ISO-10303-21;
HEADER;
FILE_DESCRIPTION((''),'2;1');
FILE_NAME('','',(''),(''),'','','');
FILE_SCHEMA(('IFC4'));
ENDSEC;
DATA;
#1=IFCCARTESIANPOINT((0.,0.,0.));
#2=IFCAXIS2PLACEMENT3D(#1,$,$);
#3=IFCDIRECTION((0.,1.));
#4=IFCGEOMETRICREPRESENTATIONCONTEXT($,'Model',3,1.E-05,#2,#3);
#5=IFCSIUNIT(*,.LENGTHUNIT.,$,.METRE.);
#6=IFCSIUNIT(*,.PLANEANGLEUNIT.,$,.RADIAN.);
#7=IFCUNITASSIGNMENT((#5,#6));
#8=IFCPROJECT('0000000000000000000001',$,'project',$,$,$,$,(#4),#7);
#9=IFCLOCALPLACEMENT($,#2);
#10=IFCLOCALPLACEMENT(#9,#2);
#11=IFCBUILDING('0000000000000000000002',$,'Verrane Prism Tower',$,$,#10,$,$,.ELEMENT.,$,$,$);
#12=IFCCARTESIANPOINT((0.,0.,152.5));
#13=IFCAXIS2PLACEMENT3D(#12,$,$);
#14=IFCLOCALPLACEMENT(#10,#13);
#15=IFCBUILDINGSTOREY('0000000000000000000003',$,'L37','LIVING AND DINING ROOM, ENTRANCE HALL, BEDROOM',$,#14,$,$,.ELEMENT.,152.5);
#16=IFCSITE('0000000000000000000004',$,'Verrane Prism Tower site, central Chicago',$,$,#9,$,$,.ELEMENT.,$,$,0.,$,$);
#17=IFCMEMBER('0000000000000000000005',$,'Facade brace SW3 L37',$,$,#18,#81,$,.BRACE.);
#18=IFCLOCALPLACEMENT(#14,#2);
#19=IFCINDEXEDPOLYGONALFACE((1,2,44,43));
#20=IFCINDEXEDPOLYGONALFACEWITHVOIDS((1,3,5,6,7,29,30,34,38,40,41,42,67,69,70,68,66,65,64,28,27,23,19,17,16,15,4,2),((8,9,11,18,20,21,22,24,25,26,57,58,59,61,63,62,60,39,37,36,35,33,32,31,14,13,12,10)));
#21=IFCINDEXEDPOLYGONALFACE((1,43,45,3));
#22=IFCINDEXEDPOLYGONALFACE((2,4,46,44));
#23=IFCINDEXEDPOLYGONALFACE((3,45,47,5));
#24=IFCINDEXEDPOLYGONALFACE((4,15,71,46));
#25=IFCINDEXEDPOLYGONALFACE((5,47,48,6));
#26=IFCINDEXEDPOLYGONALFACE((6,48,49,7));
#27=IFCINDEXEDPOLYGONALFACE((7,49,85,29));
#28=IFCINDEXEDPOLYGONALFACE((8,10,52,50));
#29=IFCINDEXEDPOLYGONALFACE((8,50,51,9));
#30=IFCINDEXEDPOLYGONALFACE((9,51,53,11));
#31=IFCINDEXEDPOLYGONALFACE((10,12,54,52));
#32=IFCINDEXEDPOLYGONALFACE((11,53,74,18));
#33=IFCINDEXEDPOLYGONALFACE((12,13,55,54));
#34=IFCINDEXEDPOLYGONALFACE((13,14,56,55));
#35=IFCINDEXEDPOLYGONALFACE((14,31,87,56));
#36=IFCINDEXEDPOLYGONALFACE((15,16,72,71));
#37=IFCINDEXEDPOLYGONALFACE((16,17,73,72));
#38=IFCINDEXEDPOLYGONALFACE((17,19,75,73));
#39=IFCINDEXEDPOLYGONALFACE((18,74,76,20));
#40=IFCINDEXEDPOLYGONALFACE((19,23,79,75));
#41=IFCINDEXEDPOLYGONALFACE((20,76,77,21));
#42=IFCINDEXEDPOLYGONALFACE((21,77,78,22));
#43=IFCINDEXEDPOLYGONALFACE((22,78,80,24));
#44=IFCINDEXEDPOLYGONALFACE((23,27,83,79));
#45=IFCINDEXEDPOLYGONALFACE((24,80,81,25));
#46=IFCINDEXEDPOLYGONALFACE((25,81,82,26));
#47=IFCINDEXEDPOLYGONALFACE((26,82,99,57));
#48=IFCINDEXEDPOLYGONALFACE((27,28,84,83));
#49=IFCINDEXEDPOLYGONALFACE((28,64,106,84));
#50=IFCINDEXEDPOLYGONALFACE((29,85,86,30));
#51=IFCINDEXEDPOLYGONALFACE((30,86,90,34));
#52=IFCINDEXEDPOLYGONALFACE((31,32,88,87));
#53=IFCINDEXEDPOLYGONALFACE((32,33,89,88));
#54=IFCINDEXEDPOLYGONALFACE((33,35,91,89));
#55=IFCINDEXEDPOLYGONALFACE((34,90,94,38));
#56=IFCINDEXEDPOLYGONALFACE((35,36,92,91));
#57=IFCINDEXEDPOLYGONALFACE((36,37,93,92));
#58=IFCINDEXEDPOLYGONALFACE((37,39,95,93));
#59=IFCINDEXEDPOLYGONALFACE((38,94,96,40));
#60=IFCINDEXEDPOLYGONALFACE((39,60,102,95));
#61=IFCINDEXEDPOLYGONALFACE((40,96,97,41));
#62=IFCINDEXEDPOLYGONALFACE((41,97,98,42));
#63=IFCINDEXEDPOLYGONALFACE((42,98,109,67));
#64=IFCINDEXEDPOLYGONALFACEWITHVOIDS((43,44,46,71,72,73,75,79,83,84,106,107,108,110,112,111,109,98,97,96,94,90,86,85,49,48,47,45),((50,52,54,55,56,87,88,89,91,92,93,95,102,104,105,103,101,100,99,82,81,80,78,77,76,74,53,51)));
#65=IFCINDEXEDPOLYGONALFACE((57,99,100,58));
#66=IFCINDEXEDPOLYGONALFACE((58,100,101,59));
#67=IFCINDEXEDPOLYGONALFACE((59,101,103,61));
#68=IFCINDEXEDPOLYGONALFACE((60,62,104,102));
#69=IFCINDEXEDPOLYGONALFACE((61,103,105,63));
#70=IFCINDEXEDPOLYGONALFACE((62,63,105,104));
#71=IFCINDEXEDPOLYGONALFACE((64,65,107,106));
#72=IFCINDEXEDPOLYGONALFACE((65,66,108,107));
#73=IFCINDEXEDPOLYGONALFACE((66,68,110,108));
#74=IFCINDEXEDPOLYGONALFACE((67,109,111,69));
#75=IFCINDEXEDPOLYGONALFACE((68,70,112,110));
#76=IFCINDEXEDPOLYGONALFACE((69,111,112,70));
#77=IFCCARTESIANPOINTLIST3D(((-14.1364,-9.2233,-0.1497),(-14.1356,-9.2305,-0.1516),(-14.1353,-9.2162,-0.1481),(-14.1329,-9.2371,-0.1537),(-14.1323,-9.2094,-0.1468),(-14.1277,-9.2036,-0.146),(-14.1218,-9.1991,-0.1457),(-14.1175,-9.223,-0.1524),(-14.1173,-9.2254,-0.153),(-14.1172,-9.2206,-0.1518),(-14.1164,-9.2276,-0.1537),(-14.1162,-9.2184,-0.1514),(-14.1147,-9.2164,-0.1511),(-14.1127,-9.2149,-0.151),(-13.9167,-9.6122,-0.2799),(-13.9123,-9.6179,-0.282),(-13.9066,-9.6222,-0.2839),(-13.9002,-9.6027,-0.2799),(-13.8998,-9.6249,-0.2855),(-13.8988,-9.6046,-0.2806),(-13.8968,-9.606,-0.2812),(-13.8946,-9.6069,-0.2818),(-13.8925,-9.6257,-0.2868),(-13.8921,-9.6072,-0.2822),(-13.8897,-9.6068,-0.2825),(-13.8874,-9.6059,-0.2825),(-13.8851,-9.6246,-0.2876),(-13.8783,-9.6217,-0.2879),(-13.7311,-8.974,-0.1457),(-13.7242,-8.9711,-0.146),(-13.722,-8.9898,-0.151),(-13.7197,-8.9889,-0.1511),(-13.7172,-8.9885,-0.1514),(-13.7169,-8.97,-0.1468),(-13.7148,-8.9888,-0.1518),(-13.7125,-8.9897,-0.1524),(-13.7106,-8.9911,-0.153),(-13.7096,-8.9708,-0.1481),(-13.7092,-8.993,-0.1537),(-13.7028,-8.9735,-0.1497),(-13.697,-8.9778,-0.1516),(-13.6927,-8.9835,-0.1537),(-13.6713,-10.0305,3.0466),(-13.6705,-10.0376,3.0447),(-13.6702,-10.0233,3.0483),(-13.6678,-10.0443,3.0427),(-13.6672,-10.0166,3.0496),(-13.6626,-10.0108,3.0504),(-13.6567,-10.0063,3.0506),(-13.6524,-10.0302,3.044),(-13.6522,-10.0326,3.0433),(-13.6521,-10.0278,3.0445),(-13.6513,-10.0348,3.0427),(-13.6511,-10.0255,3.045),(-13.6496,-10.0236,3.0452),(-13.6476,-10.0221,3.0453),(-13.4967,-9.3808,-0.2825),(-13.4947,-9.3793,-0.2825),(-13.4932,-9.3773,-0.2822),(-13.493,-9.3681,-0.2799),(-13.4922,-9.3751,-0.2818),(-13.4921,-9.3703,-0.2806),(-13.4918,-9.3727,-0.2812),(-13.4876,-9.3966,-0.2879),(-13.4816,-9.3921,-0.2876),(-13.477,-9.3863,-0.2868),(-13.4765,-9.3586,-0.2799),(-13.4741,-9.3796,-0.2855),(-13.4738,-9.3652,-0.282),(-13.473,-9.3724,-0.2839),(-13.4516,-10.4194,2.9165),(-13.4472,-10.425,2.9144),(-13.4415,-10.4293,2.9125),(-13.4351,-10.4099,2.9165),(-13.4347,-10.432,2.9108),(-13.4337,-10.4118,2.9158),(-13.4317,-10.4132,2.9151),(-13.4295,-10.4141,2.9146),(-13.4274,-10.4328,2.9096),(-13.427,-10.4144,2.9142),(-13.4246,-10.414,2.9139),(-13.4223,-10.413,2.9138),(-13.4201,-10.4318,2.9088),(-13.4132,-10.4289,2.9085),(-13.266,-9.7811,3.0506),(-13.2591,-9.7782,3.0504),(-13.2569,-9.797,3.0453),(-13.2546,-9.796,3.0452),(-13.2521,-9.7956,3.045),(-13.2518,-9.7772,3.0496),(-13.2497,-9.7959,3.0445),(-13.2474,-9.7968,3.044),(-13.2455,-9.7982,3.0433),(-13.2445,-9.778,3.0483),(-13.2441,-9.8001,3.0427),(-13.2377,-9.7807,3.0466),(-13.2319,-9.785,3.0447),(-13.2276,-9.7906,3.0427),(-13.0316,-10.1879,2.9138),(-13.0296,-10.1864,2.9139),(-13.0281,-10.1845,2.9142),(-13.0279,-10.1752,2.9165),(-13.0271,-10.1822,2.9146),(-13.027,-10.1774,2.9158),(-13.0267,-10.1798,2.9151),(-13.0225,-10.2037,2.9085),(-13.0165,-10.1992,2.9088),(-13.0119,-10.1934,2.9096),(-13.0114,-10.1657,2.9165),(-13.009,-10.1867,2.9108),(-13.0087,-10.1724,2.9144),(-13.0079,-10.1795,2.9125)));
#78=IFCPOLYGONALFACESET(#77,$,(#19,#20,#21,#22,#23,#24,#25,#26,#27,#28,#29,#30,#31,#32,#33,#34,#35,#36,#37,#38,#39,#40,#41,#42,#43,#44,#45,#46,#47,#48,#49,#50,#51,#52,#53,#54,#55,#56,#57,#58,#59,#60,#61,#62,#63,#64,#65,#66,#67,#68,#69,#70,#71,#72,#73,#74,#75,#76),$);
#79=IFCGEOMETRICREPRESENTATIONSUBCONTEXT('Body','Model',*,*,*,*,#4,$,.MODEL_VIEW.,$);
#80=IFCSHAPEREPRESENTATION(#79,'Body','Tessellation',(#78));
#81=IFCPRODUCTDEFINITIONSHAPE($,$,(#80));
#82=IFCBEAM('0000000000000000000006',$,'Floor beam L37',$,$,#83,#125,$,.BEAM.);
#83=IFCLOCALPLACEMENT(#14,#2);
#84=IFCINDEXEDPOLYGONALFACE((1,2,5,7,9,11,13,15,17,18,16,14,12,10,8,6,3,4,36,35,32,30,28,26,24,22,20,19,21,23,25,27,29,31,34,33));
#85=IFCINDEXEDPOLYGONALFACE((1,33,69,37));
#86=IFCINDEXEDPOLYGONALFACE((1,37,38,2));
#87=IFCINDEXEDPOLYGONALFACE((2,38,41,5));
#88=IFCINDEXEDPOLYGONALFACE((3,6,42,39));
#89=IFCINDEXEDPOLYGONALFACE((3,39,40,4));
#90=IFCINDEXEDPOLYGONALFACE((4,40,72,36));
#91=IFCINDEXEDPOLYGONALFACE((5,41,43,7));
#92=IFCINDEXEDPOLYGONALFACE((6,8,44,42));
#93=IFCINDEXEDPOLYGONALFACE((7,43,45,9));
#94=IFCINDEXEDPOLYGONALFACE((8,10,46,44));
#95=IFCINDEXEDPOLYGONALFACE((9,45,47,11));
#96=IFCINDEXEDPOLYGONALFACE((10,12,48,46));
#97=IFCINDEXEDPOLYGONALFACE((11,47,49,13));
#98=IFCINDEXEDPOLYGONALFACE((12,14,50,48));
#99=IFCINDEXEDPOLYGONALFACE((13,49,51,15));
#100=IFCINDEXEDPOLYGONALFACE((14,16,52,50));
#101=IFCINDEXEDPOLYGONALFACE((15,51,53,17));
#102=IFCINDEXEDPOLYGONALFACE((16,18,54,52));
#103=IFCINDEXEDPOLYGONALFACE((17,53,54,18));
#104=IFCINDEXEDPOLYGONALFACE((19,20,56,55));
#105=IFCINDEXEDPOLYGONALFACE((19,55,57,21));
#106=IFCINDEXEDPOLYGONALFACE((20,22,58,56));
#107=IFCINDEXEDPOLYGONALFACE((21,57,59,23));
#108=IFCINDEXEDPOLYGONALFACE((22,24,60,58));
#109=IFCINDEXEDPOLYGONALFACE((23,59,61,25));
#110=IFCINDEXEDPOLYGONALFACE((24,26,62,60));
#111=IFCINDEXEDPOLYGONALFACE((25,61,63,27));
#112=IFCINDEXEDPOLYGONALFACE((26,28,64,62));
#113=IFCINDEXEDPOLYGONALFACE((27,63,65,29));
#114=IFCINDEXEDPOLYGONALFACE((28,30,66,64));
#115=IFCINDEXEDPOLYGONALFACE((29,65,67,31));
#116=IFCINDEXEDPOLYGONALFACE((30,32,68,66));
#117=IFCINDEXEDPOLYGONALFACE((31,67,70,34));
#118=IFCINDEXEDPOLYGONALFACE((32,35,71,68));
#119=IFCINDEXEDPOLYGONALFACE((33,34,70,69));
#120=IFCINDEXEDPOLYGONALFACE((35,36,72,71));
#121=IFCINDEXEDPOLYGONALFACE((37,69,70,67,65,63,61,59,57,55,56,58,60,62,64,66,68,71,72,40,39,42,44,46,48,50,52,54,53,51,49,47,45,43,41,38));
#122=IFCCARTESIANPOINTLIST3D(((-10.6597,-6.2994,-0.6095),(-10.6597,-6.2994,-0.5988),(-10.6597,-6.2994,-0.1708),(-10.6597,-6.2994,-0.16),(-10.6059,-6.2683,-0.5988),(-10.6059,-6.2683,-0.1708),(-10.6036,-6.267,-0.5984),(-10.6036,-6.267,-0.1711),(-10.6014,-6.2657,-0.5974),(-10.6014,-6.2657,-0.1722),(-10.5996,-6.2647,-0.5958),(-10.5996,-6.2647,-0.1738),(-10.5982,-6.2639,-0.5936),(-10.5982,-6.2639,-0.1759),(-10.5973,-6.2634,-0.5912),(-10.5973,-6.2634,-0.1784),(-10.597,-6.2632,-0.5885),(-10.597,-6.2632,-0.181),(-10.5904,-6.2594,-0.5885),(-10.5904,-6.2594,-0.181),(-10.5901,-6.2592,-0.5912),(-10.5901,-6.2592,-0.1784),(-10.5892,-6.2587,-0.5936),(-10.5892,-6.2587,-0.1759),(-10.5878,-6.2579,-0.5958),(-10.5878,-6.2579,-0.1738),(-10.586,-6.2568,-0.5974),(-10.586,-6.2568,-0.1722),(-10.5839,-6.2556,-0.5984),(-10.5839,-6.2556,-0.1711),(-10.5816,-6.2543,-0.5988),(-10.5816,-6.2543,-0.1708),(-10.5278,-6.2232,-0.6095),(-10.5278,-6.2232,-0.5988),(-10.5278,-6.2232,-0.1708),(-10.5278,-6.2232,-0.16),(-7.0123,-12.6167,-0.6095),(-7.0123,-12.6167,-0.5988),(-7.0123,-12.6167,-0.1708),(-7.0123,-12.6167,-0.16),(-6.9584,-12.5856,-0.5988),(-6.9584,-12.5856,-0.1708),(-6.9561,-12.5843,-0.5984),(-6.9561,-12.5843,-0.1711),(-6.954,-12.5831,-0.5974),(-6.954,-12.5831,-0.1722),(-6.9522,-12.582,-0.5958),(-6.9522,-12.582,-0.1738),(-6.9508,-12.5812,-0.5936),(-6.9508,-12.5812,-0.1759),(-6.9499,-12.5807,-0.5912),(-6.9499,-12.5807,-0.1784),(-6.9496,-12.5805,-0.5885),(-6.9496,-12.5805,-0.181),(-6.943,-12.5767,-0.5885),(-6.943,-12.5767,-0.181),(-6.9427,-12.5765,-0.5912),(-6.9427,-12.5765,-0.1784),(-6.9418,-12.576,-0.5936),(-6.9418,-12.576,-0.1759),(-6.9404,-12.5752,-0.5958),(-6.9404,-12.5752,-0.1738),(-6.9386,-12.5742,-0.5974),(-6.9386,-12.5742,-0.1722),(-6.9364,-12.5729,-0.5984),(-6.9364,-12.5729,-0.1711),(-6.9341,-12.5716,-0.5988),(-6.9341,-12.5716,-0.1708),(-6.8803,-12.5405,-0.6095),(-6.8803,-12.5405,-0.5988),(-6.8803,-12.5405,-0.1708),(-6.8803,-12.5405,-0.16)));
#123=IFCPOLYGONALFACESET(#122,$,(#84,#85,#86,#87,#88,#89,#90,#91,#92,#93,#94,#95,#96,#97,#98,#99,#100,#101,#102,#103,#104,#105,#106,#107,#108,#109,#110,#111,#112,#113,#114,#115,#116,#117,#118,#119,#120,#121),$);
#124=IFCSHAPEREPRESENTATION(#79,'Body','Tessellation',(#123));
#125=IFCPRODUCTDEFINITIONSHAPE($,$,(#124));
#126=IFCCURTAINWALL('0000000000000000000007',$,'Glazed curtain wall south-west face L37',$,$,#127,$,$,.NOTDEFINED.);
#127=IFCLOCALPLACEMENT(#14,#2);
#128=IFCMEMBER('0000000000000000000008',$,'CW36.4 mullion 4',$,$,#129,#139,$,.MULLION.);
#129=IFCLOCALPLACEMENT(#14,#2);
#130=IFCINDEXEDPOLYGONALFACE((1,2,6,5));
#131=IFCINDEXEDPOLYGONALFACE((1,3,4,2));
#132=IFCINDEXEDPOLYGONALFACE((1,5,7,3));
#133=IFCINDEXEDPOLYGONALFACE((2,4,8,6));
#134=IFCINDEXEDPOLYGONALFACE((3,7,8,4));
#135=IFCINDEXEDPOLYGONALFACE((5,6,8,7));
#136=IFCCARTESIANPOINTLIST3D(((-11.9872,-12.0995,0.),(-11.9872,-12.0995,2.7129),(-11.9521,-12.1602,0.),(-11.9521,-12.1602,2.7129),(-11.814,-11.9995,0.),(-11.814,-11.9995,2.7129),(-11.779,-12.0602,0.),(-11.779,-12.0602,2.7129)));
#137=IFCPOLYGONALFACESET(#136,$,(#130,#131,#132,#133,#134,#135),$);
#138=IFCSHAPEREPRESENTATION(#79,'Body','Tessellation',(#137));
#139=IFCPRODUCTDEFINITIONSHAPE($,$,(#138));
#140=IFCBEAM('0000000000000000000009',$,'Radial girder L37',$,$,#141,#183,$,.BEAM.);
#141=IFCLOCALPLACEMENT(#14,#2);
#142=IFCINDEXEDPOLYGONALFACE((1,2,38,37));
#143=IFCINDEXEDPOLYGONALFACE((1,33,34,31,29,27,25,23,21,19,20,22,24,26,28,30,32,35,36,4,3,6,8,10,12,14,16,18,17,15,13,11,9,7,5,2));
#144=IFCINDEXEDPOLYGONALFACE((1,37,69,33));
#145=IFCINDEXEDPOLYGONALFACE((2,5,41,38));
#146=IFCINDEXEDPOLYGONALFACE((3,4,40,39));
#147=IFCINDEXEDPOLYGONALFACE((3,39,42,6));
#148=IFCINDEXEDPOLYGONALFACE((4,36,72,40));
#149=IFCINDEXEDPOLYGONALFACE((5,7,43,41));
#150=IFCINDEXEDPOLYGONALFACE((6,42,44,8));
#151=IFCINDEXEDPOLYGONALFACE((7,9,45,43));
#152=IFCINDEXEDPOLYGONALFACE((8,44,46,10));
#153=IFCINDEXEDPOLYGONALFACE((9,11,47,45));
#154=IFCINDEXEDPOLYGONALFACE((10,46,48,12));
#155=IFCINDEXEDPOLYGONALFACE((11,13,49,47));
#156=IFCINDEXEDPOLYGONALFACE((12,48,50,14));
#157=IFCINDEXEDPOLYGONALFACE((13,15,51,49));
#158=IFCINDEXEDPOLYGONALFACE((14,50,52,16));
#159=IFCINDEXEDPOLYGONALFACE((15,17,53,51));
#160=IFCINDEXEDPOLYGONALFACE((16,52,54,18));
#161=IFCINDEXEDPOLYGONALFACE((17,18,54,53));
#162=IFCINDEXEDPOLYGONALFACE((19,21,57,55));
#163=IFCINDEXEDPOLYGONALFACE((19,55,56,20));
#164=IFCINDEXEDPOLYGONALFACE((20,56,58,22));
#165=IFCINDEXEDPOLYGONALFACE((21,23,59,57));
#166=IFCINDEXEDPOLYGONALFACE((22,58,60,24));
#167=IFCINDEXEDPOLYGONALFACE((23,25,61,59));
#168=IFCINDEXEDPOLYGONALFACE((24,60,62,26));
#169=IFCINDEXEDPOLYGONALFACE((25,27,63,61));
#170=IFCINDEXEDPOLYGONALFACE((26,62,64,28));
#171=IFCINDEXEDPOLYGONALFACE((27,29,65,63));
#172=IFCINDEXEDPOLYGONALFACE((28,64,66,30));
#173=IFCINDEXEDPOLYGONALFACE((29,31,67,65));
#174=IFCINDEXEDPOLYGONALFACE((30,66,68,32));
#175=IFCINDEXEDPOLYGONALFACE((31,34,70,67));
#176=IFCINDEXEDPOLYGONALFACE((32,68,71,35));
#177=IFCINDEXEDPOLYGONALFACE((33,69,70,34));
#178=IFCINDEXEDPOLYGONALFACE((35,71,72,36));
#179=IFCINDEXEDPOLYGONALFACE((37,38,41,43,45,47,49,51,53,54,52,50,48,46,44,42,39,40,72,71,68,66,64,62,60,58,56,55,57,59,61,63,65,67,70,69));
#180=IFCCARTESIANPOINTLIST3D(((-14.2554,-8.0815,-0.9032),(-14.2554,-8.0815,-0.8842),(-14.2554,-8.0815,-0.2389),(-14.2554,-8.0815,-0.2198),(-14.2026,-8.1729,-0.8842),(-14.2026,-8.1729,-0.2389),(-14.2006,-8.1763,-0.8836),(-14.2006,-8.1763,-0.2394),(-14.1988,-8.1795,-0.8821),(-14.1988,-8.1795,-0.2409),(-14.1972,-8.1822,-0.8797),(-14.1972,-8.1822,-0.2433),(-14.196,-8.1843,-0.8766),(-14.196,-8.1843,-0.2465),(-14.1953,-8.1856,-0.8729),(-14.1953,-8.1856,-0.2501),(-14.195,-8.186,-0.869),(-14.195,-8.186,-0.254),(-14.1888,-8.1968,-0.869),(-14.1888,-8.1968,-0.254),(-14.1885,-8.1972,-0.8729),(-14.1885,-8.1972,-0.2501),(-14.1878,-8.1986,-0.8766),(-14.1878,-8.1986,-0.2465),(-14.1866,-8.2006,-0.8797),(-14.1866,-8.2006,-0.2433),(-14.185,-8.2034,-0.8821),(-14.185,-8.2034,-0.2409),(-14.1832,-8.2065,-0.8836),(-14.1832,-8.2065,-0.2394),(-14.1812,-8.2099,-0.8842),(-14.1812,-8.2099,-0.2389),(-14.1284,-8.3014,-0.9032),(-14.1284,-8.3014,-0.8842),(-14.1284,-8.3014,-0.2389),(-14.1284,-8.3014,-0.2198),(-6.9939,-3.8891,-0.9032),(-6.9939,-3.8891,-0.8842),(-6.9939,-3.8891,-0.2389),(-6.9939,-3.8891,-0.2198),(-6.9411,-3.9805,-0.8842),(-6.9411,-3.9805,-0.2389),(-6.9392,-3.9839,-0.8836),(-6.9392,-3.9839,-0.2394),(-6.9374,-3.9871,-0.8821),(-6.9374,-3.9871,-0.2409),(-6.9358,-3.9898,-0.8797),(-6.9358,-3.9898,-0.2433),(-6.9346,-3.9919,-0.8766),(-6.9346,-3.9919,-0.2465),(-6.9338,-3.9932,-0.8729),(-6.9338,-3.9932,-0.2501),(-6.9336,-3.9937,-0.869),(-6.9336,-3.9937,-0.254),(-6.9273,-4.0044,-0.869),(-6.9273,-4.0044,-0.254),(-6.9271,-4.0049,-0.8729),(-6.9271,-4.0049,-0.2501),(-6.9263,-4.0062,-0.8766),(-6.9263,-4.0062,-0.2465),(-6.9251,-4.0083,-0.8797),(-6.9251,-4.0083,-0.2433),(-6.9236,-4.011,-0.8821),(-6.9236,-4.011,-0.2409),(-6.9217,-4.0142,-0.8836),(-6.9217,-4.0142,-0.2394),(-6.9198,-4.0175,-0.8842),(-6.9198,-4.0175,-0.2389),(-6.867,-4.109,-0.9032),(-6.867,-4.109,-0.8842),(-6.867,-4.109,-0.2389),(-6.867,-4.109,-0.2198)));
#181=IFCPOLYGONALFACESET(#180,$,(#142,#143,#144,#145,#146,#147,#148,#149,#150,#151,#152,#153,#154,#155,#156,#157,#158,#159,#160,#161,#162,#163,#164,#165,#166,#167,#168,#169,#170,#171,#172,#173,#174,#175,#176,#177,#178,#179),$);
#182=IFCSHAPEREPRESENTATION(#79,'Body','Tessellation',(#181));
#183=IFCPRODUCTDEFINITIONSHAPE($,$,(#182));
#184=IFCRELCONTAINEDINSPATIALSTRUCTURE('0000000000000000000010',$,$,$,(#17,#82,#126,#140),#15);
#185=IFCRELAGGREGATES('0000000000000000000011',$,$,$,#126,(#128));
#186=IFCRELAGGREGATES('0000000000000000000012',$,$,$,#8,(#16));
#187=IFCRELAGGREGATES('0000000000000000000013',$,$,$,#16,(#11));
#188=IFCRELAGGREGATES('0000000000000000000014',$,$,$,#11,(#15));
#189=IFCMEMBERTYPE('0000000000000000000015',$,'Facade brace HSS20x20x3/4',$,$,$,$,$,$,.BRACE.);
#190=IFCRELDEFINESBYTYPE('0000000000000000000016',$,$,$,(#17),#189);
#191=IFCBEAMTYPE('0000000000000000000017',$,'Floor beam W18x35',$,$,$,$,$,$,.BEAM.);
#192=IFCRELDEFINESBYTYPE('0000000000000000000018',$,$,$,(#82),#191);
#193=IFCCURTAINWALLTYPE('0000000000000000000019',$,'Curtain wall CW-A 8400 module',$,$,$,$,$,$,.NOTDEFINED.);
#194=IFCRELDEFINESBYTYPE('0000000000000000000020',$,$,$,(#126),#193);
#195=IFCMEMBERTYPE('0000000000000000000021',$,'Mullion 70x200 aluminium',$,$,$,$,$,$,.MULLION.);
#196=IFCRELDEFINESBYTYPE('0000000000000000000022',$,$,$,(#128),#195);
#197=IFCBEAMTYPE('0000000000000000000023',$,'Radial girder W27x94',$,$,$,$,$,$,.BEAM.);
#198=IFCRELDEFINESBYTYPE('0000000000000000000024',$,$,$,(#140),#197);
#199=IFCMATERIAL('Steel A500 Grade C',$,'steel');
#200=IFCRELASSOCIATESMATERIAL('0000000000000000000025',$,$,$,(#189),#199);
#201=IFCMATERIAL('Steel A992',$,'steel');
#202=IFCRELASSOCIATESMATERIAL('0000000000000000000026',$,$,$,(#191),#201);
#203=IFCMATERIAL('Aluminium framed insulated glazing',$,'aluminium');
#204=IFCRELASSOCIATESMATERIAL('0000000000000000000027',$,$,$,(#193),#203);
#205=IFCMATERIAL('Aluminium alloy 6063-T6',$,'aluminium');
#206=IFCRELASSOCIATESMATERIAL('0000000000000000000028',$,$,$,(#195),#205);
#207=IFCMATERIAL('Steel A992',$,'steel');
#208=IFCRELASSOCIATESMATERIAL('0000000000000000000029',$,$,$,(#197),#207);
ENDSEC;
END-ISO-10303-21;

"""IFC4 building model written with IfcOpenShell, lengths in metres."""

from ifc_helpers import new_model, si_unit, direction, frame, origin, origin_2d, place, context, subcontext, project, spatial, rectangle, hollow_rectangle, i_section, extrude, material, material_profile, profile_set, type_object, element, aggregate, save


model = new_model("IFC4")

# Units and contexts
model_context = context("Model", 3, precision=1e-05, world=origin(), true_north=direction((0.0, 1.0)))
body_context = subcontext(model_context, "Body", "Model", "MODEL_VIEW")
ifc_project = project(units=[si_unit("LENGTHUNIT", "METRE"), si_unit("PLANEANGLEUNIT", "RADIAN")], contexts=[model_context])

# Site, building, storey
site_placement = place(None, origin())
site = spatial("IfcSite", under=ifc_project, at=site_placement, Name="Verrane Prism Tower site, central Chicago", CompositionType="ELEMENT", RefElevation=0.0)
building_placement = place(site_placement, origin())
building = spatial("IfcBuilding", under=site, at=building_placement, Name="Verrane Prism Tower", CompositionType="ELEMENT")
storey_placement = place(building_placement, frame((0.0, 0.0, 152.5)))
storey = spatial("IfcBuildingStorey", under=building, at=storey_placement, Name="L37", Description="LIVING AND DINING ROOM, ENTRANCE HALL, BEDROOM", CompositionType="ELEMENT", Elevation=152.5)

# Member
ifc_material_1 = material(Name="Steel A500 Grade C", Category="steel")
ifc_material_profile_1 = material_profile(ifc_material_1, hollow_rectangle(XDim=0.5081, YDim=0.5081, WallThickness=0.019, InnerFilletRadius=0.0095, OuterFilletRadius=0.0286, at=origin_2d()), Name="HSS20x20x3/4")
ifc_profile_set_1 = profile_set([ifc_material_profile_1], Name="Steel A500 Grade C")
member_type_1 = type_object("IfcMemberType", Name="Facade brace HSS20x20x3/4", PredefinedType="BRACE", material=ifc_profile_set_1)
member_1_placement = place(storey_placement, frame((-13.8047, -9.2979, -0.2168), z_axis=(0.139697, -0.242434, 0.960058), x_axis=(0.866447, 0.499269, 0.0)))
element("IfcMember", 1, at=member_1_placement, inside=storey, type_object=member_type_1, Name="Facade brace SW3 L37", PredefinedType="BRACE", context=body_context, shape_type="SweptSolid", body=[
    extrude(hollow_rectangle(XDim=0.5081, YDim=0.5081, WallThickness=0.019, InnerFilletRadius=0.0095, OuterFilletRadius=0.0286, at=origin_2d()), origin(), (0.0, 0.0, 1.0), 3.3293),
])

# Beam
ifc_material_2 = material(Name="Steel A992", Category="steel")
ifc_material_profile_2 = material_profile(ifc_material_2, i_section(OverallWidth=0.1523, OverallDepth=0.4495, WebThickness=0.0076, FlangeThickness=0.0107, FilletRadius=0.0103, at=origin_2d()), Name="W18x35")
ifc_profile_set_2 = profile_set([ifc_material_profile_2], Name="Steel A992")
beam_type_1 = type_object("IfcBeamType", Name="Floor beam W18x35", PredefinedType="BEAM", material=ifc_profile_set_2)
beam_1_placement = place(storey_placement, frame((-6.9463, -12.5786, -0.3848), z_axis=(-0.500012, 0.866018, 0.0), x_axis=(-0.866018, -0.500012, 0.0)))
element("IfcBeam", 2, at=beam_1_placement, inside=storey, type_object=beam_type_1, Name="Floor beam L37", PredefinedType="BEAM", context=body_context, shape_type="SweptSolid", body=[
    extrude(i_section(OverallWidth=0.1523, OverallDepth=0.4495, WebThickness=0.0076, FlangeThickness=0.0107, FilletRadius=0.0103, at=origin_2d()), origin(), (0.0, 0.0, 1.0), 7.2947),
])

# Curtain wall, member
ifc_material_3 = material(Name="Aluminium framed insulated glazing", Category="aluminium")
curtain_wall_type = type_object("IfcCurtainWallType", Name="Curtain wall CW-A 8400 module", PredefinedType="NOTDEFINED", material=ifc_material_3)
curtain_wall_placement = place(storey_placement, origin())
curtain_wall = element("IfcCurtainWall", 3, at=curtain_wall_placement, inside=storey, type_object=curtain_wall_type, Name="Glazed curtain wall south-west face L37", PredefinedType="NOTDEFINED")
ifc_material_4 = material(Name="Aluminium alloy 6063-T6", Category="aluminium")
ifc_material_profile_3 = material_profile(ifc_material_4, rectangle(XDim=0.2, YDim=0.0701, at=origin_2d()), Name="Mullion 70x200 aluminium")
ifc_profile_set_3 = profile_set([ifc_material_profile_3], Name="Aluminium alloy 6063-T6")
member_type_2 = type_object("IfcMemberType", Name="Mullion 70x200 aluminium", PredefinedType="MULLION", material=ifc_profile_set_3)
member_2_placement = place(storey_placement, frame((-11.8831, -12.0798, 0.0), z_axis=(0.0, 0.0, 1.0), x_axis=(0.866025, 0.500001, 0.0)))
member_2 = element("IfcMember", 4, at=member_2_placement, type_object=member_type_2, Name="CW36.4 mullion 4", PredefinedType="MULLION", context=body_context, shape_type="SweptSolid", body=[
    extrude(rectangle(XDim=0.2, YDim=0.0701, at=origin_2d()), origin(), (0.0, 0.0, 1.0), 2.7129),
])

# Beam
ifc_material_5 = material(Name="Steel A992", Category="steel")
ifc_material_profile_4 = material_profile(ifc_material_5, i_section(OverallWidth=0.2539, OverallDepth=0.6833, WebThickness=0.0125, FlangeThickness=0.019, FilletRadius=0.0151, at=origin_2d()), Name="W27x94")
ifc_profile_set_4 = profile_set([ifc_material_profile_4], Name="Steel A992")
beam_type_2 = type_object("IfcBeamType", Name="Radial girder W27x94", PredefinedType="BEAM", material=ifc_profile_set_4)
beam_2_placement = place(storey_placement, frame((-14.1919, -8.1914, -0.5615), z_axis=(0.866027, 0.499997, 0.0), x_axis=(-0.499997, 0.866027, 0.0)))
element("IfcBeam", 5, at=beam_2_placement, inside=storey, type_object=beam_type_2, Name="Radial girder L37", PredefinedType="BEAM", context=body_context, shape_type="SweptSolid", body=[
    extrude(i_section(OverallWidth=0.2539, OverallDepth=0.6833, WebThickness=0.0125, FlangeThickness=0.019, FilletRadius=0.0151, at=origin_2d()), origin(), (0.0, 0.0, 1.0), 8.3848),
])

aggregate(curtain_wall, [member_2])

save(model, "model.ifc")
